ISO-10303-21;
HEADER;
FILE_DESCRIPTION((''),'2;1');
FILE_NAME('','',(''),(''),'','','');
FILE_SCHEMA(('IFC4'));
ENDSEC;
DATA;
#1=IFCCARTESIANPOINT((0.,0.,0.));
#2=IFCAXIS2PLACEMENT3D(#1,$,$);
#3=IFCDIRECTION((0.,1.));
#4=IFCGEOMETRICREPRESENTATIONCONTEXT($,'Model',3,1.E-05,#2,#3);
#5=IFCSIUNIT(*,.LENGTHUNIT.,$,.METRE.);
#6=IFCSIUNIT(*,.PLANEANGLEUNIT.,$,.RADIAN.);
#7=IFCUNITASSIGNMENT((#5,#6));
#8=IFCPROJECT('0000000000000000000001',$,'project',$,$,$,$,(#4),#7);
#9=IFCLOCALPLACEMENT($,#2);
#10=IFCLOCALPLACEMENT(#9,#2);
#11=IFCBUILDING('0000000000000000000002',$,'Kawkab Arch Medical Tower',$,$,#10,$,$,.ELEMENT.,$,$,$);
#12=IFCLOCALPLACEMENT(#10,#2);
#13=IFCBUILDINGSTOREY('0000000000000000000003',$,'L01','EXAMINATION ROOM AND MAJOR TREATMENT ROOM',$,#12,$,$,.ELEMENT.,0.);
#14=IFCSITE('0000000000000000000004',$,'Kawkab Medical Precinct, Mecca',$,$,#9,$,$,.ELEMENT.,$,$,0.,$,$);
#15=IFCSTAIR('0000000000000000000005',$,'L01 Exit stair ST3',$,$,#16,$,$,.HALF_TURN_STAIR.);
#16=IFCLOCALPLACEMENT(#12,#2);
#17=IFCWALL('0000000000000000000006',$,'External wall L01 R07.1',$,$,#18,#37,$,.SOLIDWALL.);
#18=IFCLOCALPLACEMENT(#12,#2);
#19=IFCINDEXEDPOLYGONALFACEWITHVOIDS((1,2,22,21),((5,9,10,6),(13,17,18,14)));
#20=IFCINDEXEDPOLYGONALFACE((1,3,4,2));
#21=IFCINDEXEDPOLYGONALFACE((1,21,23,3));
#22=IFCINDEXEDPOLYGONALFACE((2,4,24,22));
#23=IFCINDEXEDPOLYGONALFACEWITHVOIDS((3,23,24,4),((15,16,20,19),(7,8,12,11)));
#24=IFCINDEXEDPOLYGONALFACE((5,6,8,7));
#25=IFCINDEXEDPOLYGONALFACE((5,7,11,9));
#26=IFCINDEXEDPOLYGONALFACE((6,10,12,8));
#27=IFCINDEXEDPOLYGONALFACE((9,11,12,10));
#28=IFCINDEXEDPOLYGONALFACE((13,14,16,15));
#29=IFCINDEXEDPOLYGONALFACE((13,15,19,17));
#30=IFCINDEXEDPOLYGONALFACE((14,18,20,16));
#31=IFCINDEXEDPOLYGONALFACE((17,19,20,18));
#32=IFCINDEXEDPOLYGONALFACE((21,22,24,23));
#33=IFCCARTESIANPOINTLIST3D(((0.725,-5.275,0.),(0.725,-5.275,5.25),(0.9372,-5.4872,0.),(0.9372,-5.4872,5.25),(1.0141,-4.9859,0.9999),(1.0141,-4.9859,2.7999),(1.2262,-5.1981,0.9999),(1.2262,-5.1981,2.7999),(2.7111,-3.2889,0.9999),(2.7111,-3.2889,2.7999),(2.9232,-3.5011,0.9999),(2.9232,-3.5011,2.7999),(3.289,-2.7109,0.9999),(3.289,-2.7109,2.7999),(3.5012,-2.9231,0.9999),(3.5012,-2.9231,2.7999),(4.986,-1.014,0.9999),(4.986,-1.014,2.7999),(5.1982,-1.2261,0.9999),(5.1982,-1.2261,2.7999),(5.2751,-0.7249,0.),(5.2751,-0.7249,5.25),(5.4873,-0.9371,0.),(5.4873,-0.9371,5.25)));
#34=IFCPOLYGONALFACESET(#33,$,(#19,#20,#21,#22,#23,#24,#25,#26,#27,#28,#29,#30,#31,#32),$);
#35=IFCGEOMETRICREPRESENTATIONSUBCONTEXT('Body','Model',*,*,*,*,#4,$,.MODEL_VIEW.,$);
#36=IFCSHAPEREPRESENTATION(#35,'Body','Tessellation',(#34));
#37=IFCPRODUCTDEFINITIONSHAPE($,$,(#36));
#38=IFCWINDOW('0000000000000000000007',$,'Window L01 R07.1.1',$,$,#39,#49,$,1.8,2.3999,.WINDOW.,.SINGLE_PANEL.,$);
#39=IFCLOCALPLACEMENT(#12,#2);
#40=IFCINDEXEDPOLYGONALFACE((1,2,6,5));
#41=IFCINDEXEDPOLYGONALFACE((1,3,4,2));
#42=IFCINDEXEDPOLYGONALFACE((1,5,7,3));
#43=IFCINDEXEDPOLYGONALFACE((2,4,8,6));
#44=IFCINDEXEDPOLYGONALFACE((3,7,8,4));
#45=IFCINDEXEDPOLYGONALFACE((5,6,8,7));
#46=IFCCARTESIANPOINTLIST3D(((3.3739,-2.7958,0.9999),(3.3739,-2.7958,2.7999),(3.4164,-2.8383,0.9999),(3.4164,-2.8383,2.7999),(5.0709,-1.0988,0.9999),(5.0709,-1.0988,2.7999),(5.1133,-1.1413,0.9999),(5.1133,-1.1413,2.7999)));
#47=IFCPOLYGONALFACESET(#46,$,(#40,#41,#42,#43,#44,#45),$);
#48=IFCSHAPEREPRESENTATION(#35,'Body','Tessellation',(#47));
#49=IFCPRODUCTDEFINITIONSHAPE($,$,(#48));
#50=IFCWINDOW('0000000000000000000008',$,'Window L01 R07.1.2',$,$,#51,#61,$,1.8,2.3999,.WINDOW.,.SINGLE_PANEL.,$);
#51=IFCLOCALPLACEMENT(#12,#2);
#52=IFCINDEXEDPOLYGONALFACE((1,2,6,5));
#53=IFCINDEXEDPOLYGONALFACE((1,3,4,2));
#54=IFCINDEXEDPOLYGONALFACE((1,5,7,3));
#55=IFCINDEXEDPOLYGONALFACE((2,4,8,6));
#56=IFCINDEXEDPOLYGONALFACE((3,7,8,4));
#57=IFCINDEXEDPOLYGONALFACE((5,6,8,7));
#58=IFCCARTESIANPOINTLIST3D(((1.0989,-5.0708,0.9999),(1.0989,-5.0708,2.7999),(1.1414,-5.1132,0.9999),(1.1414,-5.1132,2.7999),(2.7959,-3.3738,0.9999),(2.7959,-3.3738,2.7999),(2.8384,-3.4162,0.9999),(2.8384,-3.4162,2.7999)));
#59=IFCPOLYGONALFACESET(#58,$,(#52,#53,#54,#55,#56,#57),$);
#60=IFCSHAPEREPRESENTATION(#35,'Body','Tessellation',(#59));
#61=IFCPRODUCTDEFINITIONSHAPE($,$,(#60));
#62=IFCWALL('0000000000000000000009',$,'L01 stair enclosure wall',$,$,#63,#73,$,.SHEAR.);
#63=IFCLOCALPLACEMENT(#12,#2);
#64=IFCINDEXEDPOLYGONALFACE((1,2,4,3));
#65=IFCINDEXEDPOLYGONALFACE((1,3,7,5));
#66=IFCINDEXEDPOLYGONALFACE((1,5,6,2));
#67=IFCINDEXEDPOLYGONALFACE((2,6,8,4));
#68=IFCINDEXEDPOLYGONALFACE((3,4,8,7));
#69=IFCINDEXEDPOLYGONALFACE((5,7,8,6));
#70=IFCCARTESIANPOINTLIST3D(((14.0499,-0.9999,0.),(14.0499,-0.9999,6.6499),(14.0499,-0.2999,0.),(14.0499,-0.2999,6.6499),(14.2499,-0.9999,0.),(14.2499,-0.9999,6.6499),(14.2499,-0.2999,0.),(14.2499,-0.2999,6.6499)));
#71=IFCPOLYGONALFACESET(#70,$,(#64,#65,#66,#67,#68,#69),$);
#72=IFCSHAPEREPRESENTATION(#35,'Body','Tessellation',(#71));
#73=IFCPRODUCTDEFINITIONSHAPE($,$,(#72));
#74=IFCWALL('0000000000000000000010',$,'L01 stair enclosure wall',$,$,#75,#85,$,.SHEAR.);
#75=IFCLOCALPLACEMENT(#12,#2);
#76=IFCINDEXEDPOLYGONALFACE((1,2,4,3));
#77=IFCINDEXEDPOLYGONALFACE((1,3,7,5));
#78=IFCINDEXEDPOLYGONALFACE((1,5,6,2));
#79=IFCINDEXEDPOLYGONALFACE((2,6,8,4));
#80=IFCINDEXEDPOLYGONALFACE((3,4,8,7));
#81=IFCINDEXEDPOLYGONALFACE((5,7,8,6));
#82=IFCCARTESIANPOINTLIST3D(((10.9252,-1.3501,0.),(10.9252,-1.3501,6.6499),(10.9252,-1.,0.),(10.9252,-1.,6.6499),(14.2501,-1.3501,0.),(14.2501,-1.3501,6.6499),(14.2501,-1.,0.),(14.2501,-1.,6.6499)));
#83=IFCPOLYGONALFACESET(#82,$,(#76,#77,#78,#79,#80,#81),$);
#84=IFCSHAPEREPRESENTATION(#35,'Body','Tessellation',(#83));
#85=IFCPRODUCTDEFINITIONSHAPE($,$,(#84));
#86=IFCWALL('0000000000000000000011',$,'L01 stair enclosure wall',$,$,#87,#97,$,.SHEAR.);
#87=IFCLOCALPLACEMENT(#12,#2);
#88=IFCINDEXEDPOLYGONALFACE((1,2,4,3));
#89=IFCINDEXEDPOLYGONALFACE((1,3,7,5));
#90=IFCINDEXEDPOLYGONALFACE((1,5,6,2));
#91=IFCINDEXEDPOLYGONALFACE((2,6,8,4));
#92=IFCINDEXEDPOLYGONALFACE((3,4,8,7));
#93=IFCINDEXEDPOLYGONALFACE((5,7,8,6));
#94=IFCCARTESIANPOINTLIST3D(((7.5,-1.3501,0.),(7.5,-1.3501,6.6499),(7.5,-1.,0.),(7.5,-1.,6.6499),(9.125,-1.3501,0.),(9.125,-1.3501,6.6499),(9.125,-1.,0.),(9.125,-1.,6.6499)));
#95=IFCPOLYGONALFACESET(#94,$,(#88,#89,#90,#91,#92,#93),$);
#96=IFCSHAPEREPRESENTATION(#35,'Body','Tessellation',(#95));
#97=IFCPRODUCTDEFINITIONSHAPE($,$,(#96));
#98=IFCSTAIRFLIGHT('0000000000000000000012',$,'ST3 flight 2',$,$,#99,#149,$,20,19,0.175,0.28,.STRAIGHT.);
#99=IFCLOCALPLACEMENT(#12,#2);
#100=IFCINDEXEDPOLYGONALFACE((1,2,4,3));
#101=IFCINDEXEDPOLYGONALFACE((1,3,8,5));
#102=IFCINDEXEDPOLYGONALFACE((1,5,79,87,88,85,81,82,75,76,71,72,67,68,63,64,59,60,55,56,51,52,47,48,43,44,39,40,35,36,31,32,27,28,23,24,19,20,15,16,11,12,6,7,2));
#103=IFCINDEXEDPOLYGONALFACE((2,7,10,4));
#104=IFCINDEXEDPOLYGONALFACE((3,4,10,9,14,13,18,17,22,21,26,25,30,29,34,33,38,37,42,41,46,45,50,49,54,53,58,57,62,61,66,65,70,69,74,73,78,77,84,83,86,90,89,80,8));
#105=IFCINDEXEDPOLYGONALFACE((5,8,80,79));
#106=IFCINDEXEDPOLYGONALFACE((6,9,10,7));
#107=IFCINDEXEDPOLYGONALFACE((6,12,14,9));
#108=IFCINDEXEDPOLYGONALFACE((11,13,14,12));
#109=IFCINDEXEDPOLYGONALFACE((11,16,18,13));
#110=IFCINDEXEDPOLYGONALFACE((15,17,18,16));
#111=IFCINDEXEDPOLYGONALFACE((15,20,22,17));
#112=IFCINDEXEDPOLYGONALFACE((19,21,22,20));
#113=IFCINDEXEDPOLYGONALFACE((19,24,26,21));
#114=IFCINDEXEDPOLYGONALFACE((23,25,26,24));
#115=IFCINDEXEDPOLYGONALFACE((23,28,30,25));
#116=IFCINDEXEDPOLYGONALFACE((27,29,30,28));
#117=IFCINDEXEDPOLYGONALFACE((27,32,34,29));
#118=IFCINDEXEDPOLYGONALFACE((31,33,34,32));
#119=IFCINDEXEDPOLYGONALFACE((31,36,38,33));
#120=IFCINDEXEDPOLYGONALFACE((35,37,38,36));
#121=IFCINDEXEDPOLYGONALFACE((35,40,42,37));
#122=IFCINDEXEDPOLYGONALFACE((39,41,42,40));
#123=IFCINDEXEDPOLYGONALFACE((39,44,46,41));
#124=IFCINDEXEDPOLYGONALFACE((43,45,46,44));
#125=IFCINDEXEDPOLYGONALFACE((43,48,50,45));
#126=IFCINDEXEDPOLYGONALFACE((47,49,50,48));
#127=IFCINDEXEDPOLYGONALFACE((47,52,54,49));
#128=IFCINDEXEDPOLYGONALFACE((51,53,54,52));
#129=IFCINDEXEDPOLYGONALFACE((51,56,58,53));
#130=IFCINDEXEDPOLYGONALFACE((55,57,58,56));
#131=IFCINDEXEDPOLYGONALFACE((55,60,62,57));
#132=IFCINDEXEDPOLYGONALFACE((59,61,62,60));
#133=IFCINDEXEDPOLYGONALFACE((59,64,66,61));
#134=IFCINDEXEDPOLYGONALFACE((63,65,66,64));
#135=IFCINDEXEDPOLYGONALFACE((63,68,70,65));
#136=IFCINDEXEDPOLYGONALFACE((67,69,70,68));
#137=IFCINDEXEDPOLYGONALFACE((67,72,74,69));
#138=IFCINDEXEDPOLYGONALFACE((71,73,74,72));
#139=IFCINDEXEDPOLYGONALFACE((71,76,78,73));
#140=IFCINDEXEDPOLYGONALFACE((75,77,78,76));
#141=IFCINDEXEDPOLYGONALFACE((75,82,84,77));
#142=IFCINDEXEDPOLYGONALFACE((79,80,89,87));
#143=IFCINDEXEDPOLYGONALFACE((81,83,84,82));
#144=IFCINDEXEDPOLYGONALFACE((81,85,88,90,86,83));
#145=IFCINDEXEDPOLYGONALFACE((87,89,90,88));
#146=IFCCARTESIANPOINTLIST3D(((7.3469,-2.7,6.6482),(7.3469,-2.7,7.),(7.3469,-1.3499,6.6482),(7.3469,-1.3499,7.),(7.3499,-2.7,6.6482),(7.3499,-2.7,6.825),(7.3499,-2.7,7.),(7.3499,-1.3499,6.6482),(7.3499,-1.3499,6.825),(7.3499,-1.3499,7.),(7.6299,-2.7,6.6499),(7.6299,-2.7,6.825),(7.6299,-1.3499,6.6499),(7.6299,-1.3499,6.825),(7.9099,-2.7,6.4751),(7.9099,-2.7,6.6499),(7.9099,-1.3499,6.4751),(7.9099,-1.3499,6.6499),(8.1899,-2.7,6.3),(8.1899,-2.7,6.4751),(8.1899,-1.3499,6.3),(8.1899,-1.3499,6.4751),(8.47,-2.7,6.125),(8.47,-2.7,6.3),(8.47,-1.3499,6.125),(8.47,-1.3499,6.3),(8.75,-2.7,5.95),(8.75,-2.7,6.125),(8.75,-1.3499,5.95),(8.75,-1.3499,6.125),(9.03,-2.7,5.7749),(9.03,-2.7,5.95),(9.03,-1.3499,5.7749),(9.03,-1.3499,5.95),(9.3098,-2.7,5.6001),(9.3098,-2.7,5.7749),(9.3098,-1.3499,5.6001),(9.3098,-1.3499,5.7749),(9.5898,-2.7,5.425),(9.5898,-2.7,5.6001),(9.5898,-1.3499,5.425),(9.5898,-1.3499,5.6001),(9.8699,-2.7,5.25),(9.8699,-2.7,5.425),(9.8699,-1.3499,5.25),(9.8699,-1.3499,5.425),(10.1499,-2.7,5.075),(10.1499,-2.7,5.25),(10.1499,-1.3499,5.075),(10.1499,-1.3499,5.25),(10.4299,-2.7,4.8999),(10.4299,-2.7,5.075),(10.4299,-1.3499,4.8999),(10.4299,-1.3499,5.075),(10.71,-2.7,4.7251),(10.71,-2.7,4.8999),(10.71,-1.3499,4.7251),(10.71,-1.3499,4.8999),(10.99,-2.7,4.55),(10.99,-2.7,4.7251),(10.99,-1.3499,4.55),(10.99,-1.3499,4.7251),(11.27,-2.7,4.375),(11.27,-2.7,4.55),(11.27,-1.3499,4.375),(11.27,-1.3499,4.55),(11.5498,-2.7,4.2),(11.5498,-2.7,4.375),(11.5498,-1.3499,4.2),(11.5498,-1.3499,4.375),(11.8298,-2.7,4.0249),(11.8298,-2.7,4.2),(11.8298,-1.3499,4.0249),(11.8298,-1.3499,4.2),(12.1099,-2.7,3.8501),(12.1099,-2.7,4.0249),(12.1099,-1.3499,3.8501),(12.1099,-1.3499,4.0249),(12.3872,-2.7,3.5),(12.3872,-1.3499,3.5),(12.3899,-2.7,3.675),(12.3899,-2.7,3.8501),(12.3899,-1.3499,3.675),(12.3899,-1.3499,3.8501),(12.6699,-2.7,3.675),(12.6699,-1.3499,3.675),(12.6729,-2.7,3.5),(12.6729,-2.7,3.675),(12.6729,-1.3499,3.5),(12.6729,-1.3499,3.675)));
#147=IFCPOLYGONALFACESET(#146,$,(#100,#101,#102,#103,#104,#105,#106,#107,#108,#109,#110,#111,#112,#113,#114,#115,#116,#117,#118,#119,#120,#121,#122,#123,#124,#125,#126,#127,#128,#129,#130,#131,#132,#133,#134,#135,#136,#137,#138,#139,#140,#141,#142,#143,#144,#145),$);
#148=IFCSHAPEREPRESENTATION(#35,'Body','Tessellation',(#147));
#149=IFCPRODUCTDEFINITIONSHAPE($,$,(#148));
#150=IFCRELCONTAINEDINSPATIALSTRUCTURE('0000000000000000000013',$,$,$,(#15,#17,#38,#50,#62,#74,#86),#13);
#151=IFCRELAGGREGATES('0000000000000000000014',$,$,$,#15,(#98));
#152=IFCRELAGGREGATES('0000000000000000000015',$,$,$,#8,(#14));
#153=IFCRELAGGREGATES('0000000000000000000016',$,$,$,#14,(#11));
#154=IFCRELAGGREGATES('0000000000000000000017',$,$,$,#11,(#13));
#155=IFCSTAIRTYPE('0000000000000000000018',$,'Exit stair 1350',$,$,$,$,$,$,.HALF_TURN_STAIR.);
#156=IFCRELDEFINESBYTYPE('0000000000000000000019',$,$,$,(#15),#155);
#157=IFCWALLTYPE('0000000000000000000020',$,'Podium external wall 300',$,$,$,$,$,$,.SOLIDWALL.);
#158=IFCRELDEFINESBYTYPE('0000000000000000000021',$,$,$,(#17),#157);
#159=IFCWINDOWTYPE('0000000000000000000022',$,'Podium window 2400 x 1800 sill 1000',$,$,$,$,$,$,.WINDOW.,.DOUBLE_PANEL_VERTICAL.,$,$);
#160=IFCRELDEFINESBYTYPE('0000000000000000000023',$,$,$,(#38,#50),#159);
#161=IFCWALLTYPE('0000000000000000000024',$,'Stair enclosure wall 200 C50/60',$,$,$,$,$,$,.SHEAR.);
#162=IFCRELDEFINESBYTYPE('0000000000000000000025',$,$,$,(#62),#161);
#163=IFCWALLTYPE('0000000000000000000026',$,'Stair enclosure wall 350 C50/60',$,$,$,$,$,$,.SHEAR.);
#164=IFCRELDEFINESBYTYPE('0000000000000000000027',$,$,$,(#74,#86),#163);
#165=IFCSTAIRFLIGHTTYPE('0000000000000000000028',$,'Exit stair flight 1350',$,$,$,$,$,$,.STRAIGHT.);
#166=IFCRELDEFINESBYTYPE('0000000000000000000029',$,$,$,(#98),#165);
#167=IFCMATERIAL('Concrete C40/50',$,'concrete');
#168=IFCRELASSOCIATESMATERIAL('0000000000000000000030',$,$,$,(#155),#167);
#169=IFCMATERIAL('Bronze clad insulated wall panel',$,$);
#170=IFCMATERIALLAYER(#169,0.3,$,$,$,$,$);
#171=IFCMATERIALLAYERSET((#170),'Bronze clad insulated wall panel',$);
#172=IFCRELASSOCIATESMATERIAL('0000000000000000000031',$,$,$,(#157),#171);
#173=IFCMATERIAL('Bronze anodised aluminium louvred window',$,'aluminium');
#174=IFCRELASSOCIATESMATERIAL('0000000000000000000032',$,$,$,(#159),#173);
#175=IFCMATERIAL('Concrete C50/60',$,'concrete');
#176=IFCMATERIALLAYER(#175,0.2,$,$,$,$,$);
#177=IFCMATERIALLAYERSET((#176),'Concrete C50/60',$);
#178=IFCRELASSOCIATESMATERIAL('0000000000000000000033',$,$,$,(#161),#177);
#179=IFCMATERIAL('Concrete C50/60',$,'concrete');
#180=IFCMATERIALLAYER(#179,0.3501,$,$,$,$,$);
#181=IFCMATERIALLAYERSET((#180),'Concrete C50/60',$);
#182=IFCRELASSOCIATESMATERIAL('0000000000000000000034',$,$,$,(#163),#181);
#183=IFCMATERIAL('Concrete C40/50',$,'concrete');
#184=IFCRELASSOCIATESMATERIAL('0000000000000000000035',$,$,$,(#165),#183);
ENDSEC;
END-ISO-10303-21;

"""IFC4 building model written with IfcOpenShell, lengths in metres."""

from ifc_helpers import new_model, si_unit, direction, frame, frame_2d, origin, place, context, subcontext, project, spatial, polyline, rectangle, outline, extrude, material, layer, layer_set, type_object, element, fill, aggregate, save


model = new_model("IFC4")

# Units and contexts
model_context = context("Model", 3, precision=1e-05, world=origin(), true_north=direction((0.0, 1.0)))
body_context = subcontext(model_context, "Body", "Model", "MODEL_VIEW")
ifc_project = project(units=[si_unit("LENGTHUNIT", "METRE"), si_unit("PLANEANGLEUNIT", "RADIAN")], contexts=[model_context])

# Site, building, storey
site_placement = place(None, origin())
site = spatial("IfcSite", under=ifc_project, at=site_placement, Name="Kawkab Medical Precinct, Mecca", CompositionType="ELEMENT", RefElevation=0.0)
building_placement = place(site_placement, origin())
building = spatial("IfcBuilding", under=site, at=building_placement, Name="Kawkab Arch Medical Tower", CompositionType="ELEMENT")
storey_placement = place(building_placement, origin())
storey = spatial("IfcBuildingStorey", under=building, at=storey_placement, Name="L01", Description="EXAMINATION ROOM AND MAJOR TREATMENT ROOM", CompositionType="ELEMENT", Elevation=0.0)

# Stair
ifc_material_1 = material(Name="Concrete C40/50", Category="concrete")
stair_type = type_object("IfcStairType", Name="Exit stair 1350", PredefinedType="HALF_TURN_STAIR", material=ifc_material_1)
placement_1 = place(storey_placement, origin())
stair_1 = element("IfcStair", 1, at=placement_1, inside=storey, type_object=stair_type, Name="L01 Exit stair ST3", PredefinedType="HALF_TURN_STAIR")

# Wall, openings, windows
ifc_material_2 = material(Name="Bronze clad insulated wall panel")
ifc_layer_1 = layer(ifc_material_2, 0.3)
ifc_layer_set_1 = layer_set([ifc_layer_1], Name="Bronze clad insulated wall panel")
wall_type_1 = type_object("IfcWallType", Name="Podium external wall 300", PredefinedType="SOLIDWALL", material=ifc_layer_set_1)
wall_1_placement = place(storey_placement, frame((5.3811, -0.8311, 0.0), z_axis=(0.0, 0.0, 1.0), x_axis=(-0.707107, -0.707107, 0.0)))
wall_1 = element("IfcWall", 2, at=wall_1_placement, inside=storey, type_object=wall_type_1, Name="External wall L01 R07.1", PredefinedType="SOLIDWALL", context=body_context, shape_type="SweptSolid", body=[
    extrude(rectangle(XDim=6.4348, YDim=0.3, at=frame_2d((3.2173, 0.0))), origin(), (0.0, 0.0, 1.0), 5.25),
])
opening_1_placement = place(wall_1_placement, frame((0.4087, 0.0, 1.0)))
opening_1 = element("IfcOpeningElement", 3, at=opening_1_placement, cuts=wall_1, PredefinedType="OPENING", context=body_context, shape_type="SweptSolid", body=[
    extrude(rectangle(XDim=2.3999, YDim=1.8, at=frame_2d((1.2, 0.8999))), frame((0.0, 0.1599, 0.0), z_axis=(0.0, -1.0, 0.0), x_axis=(1.0, 0.0, 0.0)), (0.0, 0.0, 1.0), 0.3201),
])
opening_2_placement = place(wall_1_placement, frame((3.626, 0.0, 1.0)))
opening_2 = element("IfcOpeningElement", 4, at=opening_2_placement, cuts=wall_1, PredefinedType="OPENING", context=body_context, shape_type="SweptSolid", body=[
    extrude(rectangle(XDim=2.3999, YDim=1.8, at=frame_2d((1.2, 0.8999))), frame((0.0, 0.1599, 0.0), z_axis=(0.0, -1.0, 0.0), x_axis=(1.0, 0.0, 0.0)), (0.0, 0.0, 1.0), 0.3201),
])
ifc_material_3 = material(Name="Bronze anodised aluminium louvred window", Category="aluminium")
window_type = type_object("IfcWindowType", Name="Podium window 2400 x 1800 sill 1000", PartitioningType="DOUBLE_PANEL_VERTICAL", PredefinedType="WINDOW", material=ifc_material_3)
window_1_placement = place(opening_1_placement, origin())
window_1 = element("IfcWindow", 5, at=window_1_placement, inside=storey, type_object=window_type, Name="Window L01 R07.1.1", OverallHeight=1.8, OverallWidth=2.3999, PartitioningType="SINGLE_PANEL", PredefinedType="WINDOW", context=body_context, shape_type="SweptSolid", body=[
    extrude(rectangle(XDim=2.3999, YDim=1.8, at=frame_2d((1.2, 0.8999))), frame((0.0, 0.03, 0.0), z_axis=(0.0, -1.0, 0.0), x_axis=(1.0, 0.0, 0.0)), (0.0, 0.0, 1.0), 0.0601),
])
fill(opening_1, window_1)
window_2_placement = place(opening_2_placement, origin())
window_2 = element("IfcWindow", 6, at=window_2_placement, inside=storey, type_object=window_type, Name="Window L01 R07.1.2", OverallHeight=1.8, OverallWidth=2.3999, PartitioningType="SINGLE_PANEL", PredefinedType="WINDOW", context=body_context, shape_type="SweptSolid", body=[
    extrude(rectangle(XDim=2.3999, YDim=1.8, at=frame_2d((1.2, 0.8999))), frame((0.0, 0.03, 0.0), z_axis=(0.0, -1.0, 0.0), x_axis=(1.0, 0.0, 0.0)), (0.0, 0.0, 1.0), 0.0601),
])
fill(opening_2, window_2)

# Walls
ifc_material_4 = material(Name="Concrete C50/60", Category="concrete")
ifc_layer_2 = layer(ifc_material_4, 0.2)
ifc_layer_set_2 = layer_set([ifc_layer_2], Name="Concrete C50/60")
wall_type_2 = type_object("IfcWallType", Name="Stair enclosure wall 200 C50/60", PredefinedType="SHEAR", material=ifc_layer_set_2)
wall_2_placement = place(storey_placement, frame((14.1499, -1.0, 0.0), z_axis=(0.0, 0.0, 1.0), x_axis=(0.0, 1.0, 0.0)))
element("IfcWall", 7, at=wall_2_placement, inside=storey, type_object=wall_type_2, Name="L01 stair enclosure wall", PredefinedType="SHEAR", context=body_context, shape_type="SweptSolid", body=[
    extrude(rectangle(XDim=0.7, YDim=0.2, at=frame_2d((0.3501, 0.0))), origin(), (0.0, 0.0, 1.0), 6.6499),
])
ifc_material_5 = material(Name="Concrete C50/60", Category="concrete")
ifc_layer_3 = layer(ifc_material_5, 0.3501)
ifc_layer_set_3 = layer_set([ifc_layer_3], Name="Concrete C50/60")
wall_type_3 = type_object("IfcWallType", Name="Stair enclosure wall 350 C50/60", PredefinedType="SHEAR", material=ifc_layer_set_3)
wall_3_placement = place(storey_placement, frame((10.925, -1.175, 0.0), z_axis=(0.0, 0.0, 1.0), x_axis=(1.0, 0.0, 0.0)))
element("IfcWall", 8, at=wall_3_placement, inside=storey, type_object=wall_type_3, Name="L01 stair enclosure wall", PredefinedType="SHEAR", context=body_context, shape_type="SweptSolid", body=[
    extrude(rectangle(XDim=3.325, YDim=0.3501, at=frame_2d((1.6626, 0.0))), origin(), (0.0, 0.0, 1.0), 6.6499),
])
wall_4_placement = place(storey_placement, frame((7.5, -1.175, 0.0), z_axis=(0.0, 0.0, 1.0), x_axis=(1.0, 0.0, 0.0)))
element("IfcWall", 9, at=wall_4_placement, inside=storey, type_object=wall_type_3, Name="L01 stair enclosure wall", PredefinedType="SHEAR", context=body_context, shape_type="SweptSolid", body=[
    extrude(rectangle(XDim=1.625, YDim=0.3501, at=frame_2d((0.8125, 0.0))), origin(), (0.0, 0.0, 1.0), 6.6499),
])

# Stair flight
ifc_material_6 = material(Name="Concrete C40/50", Category="concrete")
stair_flight_type = type_object("IfcStairFlightType", Name="Exit stair flight 1350", PredefinedType="STRAIGHT", material=ifc_material_6)
stair_flight_placement = place(storey_placement, frame((12.6699, -2.0249, 3.5), z_axis=(0.0, 0.0, 1.0), x_axis=(-1.0, 0.0, 0.0)))
stair_flight = element("IfcStairFlight", 10, at=stair_flight_placement, type_object=stair_flight_type, Name="ST3 flight 2", NumberOfRisers=20, NumberOfTreads=19, PredefinedType="STRAIGHT", RiserHeight=0.175, TreadLength=0.28, context=body_context, shape_type="SweptSolid", body=[
    extrude(outline(polyline([(-0.0029, 0.0), (-0.0029, 0.175), (0.0, 0.175), (0.28, 0.175), (0.28, 0.3501), (0.5601, 0.3501), (0.5601, 0.5249), (0.8401, 0.5249), (0.8401, 0.7), (1.1201, 0.7), (1.1201, 0.875), (1.3999, 0.875), (1.3999, 1.05), (1.6799, 1.05), (1.6799, 1.2251), (1.96, 1.2251), (1.96, 1.3999), (2.24, 1.3999), (2.24, 1.575), (2.52, 1.575), (2.52, 1.75), (2.8, 1.75), (2.8, 1.925), (3.0801, 1.925), (3.0801, 2.1001), (3.3601, 2.1001), (3.3601, 2.2749), (3.6399, 2.2749), (3.6399, 2.45), (3.9199, 2.45), (3.9199, 2.625), (4.2, 2.625), (4.2, 2.8), (4.48, 2.8), (4.48, 2.9751), (4.76, 2.9751), (4.76, 3.1499), (5.04, 3.1499), (5.04, 3.325), (5.3201, 3.325), (5.3201, 3.5), (5.323, 3.5), (5.323, 3.1482), (5.3201, 3.1482), (0.2827, 0.0), (-0.0029, 0.0)])), frame((0.0, 0.675, 0.0), z_axis=(0.0, -1.0, 0.0), x_axis=(1.0, 0.0, 0.0)), (0.0, 0.0, 1.0), 1.3501),
])
aggregate(stair_1, [stair_flight])

save(model, "model.ifc")
